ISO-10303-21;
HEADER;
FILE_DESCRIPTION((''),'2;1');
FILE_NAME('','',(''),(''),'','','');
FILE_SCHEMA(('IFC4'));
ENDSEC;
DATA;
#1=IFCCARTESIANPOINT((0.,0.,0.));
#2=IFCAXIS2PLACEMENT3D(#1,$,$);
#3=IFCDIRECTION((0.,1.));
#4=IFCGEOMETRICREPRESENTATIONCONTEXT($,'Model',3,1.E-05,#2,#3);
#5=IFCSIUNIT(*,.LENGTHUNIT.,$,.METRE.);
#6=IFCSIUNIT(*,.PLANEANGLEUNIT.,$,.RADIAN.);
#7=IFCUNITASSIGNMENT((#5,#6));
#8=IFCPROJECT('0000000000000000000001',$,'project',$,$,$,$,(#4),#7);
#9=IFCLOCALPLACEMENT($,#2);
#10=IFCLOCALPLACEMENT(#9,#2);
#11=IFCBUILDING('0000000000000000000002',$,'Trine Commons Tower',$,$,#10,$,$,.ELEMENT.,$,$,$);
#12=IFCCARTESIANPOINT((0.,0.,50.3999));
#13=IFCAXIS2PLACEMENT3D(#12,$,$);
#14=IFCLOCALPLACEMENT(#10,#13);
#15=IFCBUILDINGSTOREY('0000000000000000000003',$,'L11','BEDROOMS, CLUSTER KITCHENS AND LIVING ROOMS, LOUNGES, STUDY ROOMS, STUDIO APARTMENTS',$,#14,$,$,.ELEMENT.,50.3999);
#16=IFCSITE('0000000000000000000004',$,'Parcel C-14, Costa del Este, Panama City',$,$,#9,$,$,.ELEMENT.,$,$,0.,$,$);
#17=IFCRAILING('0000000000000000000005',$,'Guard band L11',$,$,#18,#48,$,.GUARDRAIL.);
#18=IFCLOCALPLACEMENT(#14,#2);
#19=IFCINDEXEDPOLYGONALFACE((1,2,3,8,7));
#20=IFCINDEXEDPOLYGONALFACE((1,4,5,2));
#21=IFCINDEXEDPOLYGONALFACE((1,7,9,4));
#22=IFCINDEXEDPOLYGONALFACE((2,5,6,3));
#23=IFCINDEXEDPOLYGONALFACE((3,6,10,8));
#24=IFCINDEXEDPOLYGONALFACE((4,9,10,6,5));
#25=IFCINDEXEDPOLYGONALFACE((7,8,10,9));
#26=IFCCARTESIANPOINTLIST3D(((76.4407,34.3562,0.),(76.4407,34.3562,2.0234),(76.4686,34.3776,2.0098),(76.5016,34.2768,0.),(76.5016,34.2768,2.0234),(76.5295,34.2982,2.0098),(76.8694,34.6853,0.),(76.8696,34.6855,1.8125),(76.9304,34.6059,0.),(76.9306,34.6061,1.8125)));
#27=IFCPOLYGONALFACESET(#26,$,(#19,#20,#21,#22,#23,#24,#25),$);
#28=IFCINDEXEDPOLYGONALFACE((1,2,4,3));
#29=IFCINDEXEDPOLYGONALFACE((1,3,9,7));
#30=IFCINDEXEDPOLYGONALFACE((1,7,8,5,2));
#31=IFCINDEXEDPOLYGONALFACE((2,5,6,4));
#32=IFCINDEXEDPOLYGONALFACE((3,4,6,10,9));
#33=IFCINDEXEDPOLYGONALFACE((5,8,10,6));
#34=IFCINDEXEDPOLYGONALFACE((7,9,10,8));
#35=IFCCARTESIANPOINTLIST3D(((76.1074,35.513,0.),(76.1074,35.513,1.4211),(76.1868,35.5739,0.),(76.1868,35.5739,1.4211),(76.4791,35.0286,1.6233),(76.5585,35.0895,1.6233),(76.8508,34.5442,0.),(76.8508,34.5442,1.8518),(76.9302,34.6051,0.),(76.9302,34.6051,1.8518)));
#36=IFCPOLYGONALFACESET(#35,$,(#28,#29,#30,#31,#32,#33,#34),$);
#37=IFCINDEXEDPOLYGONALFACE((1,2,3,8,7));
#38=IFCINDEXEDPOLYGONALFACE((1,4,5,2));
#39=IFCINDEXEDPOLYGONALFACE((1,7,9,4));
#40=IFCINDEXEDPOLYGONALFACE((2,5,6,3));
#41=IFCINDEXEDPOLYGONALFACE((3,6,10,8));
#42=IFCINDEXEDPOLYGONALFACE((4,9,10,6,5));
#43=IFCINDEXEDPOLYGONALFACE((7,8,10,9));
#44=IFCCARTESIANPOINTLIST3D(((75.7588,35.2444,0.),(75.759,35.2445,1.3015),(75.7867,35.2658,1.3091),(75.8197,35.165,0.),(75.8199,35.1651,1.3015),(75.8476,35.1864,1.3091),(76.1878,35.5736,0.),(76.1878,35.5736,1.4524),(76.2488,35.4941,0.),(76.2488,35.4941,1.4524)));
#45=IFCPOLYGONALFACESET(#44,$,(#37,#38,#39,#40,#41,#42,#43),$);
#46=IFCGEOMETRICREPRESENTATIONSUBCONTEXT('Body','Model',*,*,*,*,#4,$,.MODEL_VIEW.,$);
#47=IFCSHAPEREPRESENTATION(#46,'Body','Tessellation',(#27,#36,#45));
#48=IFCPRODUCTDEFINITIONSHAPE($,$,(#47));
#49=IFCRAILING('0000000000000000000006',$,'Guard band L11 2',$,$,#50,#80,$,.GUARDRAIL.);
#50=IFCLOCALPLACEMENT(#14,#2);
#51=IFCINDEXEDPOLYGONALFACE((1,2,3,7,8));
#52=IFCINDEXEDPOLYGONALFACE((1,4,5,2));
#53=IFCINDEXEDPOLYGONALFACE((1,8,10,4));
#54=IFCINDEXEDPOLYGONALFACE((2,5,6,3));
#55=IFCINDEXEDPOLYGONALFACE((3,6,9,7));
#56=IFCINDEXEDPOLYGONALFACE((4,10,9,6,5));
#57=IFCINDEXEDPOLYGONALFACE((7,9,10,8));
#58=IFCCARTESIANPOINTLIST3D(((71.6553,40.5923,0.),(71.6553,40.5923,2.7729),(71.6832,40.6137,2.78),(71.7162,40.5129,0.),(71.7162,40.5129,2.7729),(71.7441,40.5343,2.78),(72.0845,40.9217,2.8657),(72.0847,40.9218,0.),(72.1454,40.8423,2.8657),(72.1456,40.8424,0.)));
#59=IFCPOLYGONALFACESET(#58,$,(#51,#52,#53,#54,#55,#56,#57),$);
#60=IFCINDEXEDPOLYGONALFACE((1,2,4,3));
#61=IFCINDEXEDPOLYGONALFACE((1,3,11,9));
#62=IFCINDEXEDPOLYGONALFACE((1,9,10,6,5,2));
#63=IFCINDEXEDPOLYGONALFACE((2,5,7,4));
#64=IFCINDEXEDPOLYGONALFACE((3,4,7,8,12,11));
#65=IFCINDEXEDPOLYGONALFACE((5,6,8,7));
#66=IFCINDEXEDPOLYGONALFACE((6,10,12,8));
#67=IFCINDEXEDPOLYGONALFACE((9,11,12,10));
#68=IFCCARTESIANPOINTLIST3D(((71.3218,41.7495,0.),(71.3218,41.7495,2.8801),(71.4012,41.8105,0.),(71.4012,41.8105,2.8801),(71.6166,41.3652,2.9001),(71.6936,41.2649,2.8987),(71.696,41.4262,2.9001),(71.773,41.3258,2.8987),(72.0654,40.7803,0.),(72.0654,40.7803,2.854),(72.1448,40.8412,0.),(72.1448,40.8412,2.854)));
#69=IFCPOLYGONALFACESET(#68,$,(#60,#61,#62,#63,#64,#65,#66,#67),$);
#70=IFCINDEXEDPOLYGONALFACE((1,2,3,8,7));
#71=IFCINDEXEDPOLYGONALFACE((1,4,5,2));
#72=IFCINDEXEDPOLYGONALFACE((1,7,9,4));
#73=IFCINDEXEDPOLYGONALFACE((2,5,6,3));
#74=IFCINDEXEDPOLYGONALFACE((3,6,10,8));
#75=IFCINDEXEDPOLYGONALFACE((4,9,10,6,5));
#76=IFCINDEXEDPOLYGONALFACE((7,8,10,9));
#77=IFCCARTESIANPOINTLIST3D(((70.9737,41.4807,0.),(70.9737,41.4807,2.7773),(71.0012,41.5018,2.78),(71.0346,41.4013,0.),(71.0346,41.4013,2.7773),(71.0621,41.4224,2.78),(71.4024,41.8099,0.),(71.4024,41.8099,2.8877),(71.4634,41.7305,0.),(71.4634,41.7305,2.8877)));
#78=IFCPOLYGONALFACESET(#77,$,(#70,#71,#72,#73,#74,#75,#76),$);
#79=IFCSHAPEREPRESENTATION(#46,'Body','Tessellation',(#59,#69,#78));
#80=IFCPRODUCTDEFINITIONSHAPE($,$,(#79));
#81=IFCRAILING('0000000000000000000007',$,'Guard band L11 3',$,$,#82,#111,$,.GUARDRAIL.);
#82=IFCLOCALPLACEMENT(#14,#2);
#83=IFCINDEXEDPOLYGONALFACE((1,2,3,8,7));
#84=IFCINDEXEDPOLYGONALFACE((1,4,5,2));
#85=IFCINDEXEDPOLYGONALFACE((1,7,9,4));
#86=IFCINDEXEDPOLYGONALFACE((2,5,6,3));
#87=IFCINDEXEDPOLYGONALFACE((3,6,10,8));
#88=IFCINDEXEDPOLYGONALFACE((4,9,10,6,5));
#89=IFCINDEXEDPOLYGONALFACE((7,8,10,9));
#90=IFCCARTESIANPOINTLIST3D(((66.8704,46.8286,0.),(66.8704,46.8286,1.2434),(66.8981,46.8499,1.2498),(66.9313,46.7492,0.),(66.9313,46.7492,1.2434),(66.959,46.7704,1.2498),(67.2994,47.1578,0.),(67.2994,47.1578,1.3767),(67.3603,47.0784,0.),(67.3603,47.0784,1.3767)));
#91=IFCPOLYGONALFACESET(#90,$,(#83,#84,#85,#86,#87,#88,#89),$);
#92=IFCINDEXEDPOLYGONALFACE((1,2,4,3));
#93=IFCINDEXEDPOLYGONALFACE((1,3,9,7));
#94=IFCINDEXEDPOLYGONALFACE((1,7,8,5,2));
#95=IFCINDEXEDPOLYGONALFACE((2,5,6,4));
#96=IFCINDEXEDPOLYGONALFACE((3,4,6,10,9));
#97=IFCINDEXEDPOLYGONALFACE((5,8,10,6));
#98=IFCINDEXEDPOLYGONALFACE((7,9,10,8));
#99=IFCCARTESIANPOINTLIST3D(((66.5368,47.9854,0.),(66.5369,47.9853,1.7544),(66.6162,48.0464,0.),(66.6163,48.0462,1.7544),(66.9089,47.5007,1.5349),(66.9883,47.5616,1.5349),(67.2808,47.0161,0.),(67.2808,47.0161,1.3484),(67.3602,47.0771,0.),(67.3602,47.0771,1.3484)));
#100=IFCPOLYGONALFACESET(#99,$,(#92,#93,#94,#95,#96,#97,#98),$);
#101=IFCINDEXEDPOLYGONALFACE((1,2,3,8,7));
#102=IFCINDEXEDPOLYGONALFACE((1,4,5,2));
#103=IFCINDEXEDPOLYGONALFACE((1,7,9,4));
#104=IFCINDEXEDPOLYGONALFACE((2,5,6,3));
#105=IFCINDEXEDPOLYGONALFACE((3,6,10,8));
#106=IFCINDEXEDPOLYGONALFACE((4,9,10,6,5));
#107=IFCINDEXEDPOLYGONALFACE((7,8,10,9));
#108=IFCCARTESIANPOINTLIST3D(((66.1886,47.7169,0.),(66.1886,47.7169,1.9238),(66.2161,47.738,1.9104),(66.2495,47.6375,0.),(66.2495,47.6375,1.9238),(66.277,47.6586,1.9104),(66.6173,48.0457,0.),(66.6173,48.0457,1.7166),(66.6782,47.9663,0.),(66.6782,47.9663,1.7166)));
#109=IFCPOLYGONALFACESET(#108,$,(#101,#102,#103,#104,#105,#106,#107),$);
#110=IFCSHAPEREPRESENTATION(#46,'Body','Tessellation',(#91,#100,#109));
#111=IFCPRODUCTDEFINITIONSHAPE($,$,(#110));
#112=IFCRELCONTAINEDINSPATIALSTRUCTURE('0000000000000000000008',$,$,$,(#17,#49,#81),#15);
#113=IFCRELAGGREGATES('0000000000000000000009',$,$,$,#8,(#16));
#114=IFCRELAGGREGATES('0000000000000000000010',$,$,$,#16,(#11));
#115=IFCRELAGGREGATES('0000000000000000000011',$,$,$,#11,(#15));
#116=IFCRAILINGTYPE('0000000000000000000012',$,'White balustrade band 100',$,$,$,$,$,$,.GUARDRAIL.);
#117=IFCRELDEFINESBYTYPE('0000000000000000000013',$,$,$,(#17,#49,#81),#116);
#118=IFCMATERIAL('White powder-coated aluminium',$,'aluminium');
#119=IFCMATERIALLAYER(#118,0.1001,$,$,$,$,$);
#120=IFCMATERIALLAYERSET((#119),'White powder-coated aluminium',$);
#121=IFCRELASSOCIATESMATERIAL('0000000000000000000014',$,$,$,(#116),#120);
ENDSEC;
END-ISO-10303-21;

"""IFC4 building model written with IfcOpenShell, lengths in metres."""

from ifc_helpers import new_model, si_unit, direction, frame, origin, place, context, subcontext, project, spatial, polyline, outline, extrude, material, layer, layer_set, type_object, element, save


model = new_model("IFC4")

# Units and contexts
model_context = context("Model", 3, precision=1e-05, world=origin(), true_north=direction((0.0, 1.0)))
body_context = subcontext(model_context, "Body", "Model", "MODEL_VIEW")
ifc_project = project(units=[si_unit("LENGTHUNIT", "METRE"), si_unit("PLANEANGLEUNIT", "RADIAN")], contexts=[model_context])

# Site, building, storey
site_placement = place(None, origin())
site = spatial("IfcSite", under=ifc_project, at=site_placement, Name="Parcel C-14, Costa del Este, Panama City", CompositionType="ELEMENT", RefElevation=0.0)
building_placement = place(site_placement, origin())
building = spatial("IfcBuilding", under=site, at=building_placement, Name="Trine Commons Tower", CompositionType="ELEMENT")
storey_placement = place(building_placement, frame((0.0, 0.0, 50.3999)))
storey = spatial("IfcBuildingStorey", under=building, at=storey_placement, Name="L11", Description="BEDROOMS, CLUSTER KITCHENS AND LIVING ROOMS, LOUNGES, STUDY ROOMS, STUDIO APARTMENTS", CompositionType="ELEMENT", Elevation=50.3999)

# Railings
ifc_material_1 = material(Name="White powder-coated aluminium", Category="aluminium")
ifc_layer_1 = layer(ifc_material_1, 0.1001)
ifc_layer_set_1 = layer_set([ifc_layer_1], Name="White powder-coated aluminium")
railing_type = type_object("IfcRailingType", Name="White balustrade band 100", PredefinedType="GUARDRAIL", material=ifc_layer_set_1)
railing_1_placement = place(storey_placement, origin())
element("IfcRailing", 1, at=railing_1_placement, inside=storey, type_object=railing_type, Name="Guard band L11", PredefinedType="GUARDRAIL", context=body_context, shape_type="SweptSolid", body=[
    extrude(outline(polyline([(0.0, 0.0), (0.5405, 0.0), (0.5408, 1.8125), (0.5408, 1.8125), (0.0352, 2.0098), (0.0, 2.0234), (0.0, 0.0)])), frame((76.4407, 34.3562, 0.0), z_axis=(0.608925, -0.793228, 0.0), x_axis=(0.793228, 0.608925, 0.0)), (0.0, 0.0, 1.0), 0.1001),
    extrude(outline(polyline([(0.0, 0.0), (1.2212, 0.0), (1.2212, 1.4211), (0.6106, 1.6233), (0.0, 1.8518), (0.0, 0.0)])), frame((76.8508, 34.5442, 0.0), z_axis=(0.79333, 0.608792, 0.0), x_axis=(-0.608792, 0.79333, 0.0)), (0.0, 0.0, 1.0), 0.1001),
    extrude(outline(polyline([(0.0, 0.0), (0.5408, 0.0), (0.5405, 1.3015), (0.5056, 1.3091), (0.0, 1.4524), (0.0, 0.0)])), frame((76.2488, 35.4941, 0.0), z_axis=(-0.608706, 0.793396, 0.0), x_axis=(-0.793396, -0.608706, 0.0)), (0.0, 0.0, 1.0), 0.1001),
])
railing_2_placement = place(storey_placement, origin())
element("IfcRailing", 2, at=railing_2_placement, inside=storey, type_object=railing_type, Name="Guard band L11 2", PredefinedType="GUARDRAIL", context=body_context, shape_type="SweptSolid", body=[
    extrude(outline(polyline([(0.0, 0.0), (0.5413, 0.0), (0.541, 2.8657), (0.541, 2.8657), (0.0352, 2.78), (0.0, 2.7729), (0.0, 0.0)])), frame((71.6553, 40.5923, 0.0), z_axis=(0.608839, -0.793294, 0.0), x_axis=(0.793294, 0.608839, 0.0)), (0.0, 0.0, 1.0), 0.1001),
    extrude(outline(polyline([(0.0, 0.0), (1.2217, 0.0), (1.2217, 2.8801), (0.7373, 2.9001), (0.6108, 2.8987), (0.0, 2.854), (0.0, 0.0)])), frame((72.0654, 40.7803, 0.0), z_axis=(0.793381, 0.608725, 0.0), x_axis=(-0.608725, 0.793381, 0.0)), (0.0, 0.0, 1.0), 0.1001),
    extrude(outline(polyline([(0.0, 0.0), (0.5405, 0.0), (0.5405, 2.7773), (0.5059, 2.78), (0.0, 2.8877), (0.0, 0.0)])), frame((71.4634, 41.7305, 0.0), z_axis=(-0.608925, 0.793228, 0.0), x_axis=(-0.793228, -0.608925, 0.0)), (0.0, 0.0, 1.0), 0.1001),
])
railing_3_placement = place(storey_placement, origin())
element("IfcRailing", 3, at=railing_3_placement, inside=storey, type_object=railing_type, Name="Guard band L11 3", PredefinedType="GUARDRAIL", context=body_context, shape_type="SweptSolid", body=[
    extrude(outline(polyline([(0.0, 0.0), (0.5408, 0.0), (0.5408, 1.3767), (0.0349, 1.2498), (0.0, 1.2434), (0.0, 0.0)])), frame((66.8704, 46.8286, 0.0), z_axis=(0.608706, -0.793396, 0.0), x_axis=(0.793396, 0.608706, 0.0)), (0.0, 0.0, 1.0), 0.1001),
    extrude(outline(polyline([(0.0, 0.0), (1.2219, 0.0), (1.2217, 1.7544), (0.6108, 1.5349), (0.0, 1.3484), (0.0, 0.0)])), frame((67.2808, 47.0161, 0.0), z_axis=(0.793285, 0.608851, 0.0), x_axis=(-0.608851, 0.793285, 0.0)), (0.0, 0.0, 1.0), 0.1001),
    extrude(outline(polyline([(0.0, 0.0), (0.5403, 0.0), (0.5403, 1.9238), (0.5056, 1.9104), (0.0, 1.7166), (0.0, 0.0)])), frame((66.6782, 47.9663, 0.0), z_axis=(-0.60864, 0.793446, 0.0), x_axis=(-0.793446, -0.60864, 0.0)), (0.0, 0.0, 1.0), 0.1001),
])

save(model, "model.ifc")
